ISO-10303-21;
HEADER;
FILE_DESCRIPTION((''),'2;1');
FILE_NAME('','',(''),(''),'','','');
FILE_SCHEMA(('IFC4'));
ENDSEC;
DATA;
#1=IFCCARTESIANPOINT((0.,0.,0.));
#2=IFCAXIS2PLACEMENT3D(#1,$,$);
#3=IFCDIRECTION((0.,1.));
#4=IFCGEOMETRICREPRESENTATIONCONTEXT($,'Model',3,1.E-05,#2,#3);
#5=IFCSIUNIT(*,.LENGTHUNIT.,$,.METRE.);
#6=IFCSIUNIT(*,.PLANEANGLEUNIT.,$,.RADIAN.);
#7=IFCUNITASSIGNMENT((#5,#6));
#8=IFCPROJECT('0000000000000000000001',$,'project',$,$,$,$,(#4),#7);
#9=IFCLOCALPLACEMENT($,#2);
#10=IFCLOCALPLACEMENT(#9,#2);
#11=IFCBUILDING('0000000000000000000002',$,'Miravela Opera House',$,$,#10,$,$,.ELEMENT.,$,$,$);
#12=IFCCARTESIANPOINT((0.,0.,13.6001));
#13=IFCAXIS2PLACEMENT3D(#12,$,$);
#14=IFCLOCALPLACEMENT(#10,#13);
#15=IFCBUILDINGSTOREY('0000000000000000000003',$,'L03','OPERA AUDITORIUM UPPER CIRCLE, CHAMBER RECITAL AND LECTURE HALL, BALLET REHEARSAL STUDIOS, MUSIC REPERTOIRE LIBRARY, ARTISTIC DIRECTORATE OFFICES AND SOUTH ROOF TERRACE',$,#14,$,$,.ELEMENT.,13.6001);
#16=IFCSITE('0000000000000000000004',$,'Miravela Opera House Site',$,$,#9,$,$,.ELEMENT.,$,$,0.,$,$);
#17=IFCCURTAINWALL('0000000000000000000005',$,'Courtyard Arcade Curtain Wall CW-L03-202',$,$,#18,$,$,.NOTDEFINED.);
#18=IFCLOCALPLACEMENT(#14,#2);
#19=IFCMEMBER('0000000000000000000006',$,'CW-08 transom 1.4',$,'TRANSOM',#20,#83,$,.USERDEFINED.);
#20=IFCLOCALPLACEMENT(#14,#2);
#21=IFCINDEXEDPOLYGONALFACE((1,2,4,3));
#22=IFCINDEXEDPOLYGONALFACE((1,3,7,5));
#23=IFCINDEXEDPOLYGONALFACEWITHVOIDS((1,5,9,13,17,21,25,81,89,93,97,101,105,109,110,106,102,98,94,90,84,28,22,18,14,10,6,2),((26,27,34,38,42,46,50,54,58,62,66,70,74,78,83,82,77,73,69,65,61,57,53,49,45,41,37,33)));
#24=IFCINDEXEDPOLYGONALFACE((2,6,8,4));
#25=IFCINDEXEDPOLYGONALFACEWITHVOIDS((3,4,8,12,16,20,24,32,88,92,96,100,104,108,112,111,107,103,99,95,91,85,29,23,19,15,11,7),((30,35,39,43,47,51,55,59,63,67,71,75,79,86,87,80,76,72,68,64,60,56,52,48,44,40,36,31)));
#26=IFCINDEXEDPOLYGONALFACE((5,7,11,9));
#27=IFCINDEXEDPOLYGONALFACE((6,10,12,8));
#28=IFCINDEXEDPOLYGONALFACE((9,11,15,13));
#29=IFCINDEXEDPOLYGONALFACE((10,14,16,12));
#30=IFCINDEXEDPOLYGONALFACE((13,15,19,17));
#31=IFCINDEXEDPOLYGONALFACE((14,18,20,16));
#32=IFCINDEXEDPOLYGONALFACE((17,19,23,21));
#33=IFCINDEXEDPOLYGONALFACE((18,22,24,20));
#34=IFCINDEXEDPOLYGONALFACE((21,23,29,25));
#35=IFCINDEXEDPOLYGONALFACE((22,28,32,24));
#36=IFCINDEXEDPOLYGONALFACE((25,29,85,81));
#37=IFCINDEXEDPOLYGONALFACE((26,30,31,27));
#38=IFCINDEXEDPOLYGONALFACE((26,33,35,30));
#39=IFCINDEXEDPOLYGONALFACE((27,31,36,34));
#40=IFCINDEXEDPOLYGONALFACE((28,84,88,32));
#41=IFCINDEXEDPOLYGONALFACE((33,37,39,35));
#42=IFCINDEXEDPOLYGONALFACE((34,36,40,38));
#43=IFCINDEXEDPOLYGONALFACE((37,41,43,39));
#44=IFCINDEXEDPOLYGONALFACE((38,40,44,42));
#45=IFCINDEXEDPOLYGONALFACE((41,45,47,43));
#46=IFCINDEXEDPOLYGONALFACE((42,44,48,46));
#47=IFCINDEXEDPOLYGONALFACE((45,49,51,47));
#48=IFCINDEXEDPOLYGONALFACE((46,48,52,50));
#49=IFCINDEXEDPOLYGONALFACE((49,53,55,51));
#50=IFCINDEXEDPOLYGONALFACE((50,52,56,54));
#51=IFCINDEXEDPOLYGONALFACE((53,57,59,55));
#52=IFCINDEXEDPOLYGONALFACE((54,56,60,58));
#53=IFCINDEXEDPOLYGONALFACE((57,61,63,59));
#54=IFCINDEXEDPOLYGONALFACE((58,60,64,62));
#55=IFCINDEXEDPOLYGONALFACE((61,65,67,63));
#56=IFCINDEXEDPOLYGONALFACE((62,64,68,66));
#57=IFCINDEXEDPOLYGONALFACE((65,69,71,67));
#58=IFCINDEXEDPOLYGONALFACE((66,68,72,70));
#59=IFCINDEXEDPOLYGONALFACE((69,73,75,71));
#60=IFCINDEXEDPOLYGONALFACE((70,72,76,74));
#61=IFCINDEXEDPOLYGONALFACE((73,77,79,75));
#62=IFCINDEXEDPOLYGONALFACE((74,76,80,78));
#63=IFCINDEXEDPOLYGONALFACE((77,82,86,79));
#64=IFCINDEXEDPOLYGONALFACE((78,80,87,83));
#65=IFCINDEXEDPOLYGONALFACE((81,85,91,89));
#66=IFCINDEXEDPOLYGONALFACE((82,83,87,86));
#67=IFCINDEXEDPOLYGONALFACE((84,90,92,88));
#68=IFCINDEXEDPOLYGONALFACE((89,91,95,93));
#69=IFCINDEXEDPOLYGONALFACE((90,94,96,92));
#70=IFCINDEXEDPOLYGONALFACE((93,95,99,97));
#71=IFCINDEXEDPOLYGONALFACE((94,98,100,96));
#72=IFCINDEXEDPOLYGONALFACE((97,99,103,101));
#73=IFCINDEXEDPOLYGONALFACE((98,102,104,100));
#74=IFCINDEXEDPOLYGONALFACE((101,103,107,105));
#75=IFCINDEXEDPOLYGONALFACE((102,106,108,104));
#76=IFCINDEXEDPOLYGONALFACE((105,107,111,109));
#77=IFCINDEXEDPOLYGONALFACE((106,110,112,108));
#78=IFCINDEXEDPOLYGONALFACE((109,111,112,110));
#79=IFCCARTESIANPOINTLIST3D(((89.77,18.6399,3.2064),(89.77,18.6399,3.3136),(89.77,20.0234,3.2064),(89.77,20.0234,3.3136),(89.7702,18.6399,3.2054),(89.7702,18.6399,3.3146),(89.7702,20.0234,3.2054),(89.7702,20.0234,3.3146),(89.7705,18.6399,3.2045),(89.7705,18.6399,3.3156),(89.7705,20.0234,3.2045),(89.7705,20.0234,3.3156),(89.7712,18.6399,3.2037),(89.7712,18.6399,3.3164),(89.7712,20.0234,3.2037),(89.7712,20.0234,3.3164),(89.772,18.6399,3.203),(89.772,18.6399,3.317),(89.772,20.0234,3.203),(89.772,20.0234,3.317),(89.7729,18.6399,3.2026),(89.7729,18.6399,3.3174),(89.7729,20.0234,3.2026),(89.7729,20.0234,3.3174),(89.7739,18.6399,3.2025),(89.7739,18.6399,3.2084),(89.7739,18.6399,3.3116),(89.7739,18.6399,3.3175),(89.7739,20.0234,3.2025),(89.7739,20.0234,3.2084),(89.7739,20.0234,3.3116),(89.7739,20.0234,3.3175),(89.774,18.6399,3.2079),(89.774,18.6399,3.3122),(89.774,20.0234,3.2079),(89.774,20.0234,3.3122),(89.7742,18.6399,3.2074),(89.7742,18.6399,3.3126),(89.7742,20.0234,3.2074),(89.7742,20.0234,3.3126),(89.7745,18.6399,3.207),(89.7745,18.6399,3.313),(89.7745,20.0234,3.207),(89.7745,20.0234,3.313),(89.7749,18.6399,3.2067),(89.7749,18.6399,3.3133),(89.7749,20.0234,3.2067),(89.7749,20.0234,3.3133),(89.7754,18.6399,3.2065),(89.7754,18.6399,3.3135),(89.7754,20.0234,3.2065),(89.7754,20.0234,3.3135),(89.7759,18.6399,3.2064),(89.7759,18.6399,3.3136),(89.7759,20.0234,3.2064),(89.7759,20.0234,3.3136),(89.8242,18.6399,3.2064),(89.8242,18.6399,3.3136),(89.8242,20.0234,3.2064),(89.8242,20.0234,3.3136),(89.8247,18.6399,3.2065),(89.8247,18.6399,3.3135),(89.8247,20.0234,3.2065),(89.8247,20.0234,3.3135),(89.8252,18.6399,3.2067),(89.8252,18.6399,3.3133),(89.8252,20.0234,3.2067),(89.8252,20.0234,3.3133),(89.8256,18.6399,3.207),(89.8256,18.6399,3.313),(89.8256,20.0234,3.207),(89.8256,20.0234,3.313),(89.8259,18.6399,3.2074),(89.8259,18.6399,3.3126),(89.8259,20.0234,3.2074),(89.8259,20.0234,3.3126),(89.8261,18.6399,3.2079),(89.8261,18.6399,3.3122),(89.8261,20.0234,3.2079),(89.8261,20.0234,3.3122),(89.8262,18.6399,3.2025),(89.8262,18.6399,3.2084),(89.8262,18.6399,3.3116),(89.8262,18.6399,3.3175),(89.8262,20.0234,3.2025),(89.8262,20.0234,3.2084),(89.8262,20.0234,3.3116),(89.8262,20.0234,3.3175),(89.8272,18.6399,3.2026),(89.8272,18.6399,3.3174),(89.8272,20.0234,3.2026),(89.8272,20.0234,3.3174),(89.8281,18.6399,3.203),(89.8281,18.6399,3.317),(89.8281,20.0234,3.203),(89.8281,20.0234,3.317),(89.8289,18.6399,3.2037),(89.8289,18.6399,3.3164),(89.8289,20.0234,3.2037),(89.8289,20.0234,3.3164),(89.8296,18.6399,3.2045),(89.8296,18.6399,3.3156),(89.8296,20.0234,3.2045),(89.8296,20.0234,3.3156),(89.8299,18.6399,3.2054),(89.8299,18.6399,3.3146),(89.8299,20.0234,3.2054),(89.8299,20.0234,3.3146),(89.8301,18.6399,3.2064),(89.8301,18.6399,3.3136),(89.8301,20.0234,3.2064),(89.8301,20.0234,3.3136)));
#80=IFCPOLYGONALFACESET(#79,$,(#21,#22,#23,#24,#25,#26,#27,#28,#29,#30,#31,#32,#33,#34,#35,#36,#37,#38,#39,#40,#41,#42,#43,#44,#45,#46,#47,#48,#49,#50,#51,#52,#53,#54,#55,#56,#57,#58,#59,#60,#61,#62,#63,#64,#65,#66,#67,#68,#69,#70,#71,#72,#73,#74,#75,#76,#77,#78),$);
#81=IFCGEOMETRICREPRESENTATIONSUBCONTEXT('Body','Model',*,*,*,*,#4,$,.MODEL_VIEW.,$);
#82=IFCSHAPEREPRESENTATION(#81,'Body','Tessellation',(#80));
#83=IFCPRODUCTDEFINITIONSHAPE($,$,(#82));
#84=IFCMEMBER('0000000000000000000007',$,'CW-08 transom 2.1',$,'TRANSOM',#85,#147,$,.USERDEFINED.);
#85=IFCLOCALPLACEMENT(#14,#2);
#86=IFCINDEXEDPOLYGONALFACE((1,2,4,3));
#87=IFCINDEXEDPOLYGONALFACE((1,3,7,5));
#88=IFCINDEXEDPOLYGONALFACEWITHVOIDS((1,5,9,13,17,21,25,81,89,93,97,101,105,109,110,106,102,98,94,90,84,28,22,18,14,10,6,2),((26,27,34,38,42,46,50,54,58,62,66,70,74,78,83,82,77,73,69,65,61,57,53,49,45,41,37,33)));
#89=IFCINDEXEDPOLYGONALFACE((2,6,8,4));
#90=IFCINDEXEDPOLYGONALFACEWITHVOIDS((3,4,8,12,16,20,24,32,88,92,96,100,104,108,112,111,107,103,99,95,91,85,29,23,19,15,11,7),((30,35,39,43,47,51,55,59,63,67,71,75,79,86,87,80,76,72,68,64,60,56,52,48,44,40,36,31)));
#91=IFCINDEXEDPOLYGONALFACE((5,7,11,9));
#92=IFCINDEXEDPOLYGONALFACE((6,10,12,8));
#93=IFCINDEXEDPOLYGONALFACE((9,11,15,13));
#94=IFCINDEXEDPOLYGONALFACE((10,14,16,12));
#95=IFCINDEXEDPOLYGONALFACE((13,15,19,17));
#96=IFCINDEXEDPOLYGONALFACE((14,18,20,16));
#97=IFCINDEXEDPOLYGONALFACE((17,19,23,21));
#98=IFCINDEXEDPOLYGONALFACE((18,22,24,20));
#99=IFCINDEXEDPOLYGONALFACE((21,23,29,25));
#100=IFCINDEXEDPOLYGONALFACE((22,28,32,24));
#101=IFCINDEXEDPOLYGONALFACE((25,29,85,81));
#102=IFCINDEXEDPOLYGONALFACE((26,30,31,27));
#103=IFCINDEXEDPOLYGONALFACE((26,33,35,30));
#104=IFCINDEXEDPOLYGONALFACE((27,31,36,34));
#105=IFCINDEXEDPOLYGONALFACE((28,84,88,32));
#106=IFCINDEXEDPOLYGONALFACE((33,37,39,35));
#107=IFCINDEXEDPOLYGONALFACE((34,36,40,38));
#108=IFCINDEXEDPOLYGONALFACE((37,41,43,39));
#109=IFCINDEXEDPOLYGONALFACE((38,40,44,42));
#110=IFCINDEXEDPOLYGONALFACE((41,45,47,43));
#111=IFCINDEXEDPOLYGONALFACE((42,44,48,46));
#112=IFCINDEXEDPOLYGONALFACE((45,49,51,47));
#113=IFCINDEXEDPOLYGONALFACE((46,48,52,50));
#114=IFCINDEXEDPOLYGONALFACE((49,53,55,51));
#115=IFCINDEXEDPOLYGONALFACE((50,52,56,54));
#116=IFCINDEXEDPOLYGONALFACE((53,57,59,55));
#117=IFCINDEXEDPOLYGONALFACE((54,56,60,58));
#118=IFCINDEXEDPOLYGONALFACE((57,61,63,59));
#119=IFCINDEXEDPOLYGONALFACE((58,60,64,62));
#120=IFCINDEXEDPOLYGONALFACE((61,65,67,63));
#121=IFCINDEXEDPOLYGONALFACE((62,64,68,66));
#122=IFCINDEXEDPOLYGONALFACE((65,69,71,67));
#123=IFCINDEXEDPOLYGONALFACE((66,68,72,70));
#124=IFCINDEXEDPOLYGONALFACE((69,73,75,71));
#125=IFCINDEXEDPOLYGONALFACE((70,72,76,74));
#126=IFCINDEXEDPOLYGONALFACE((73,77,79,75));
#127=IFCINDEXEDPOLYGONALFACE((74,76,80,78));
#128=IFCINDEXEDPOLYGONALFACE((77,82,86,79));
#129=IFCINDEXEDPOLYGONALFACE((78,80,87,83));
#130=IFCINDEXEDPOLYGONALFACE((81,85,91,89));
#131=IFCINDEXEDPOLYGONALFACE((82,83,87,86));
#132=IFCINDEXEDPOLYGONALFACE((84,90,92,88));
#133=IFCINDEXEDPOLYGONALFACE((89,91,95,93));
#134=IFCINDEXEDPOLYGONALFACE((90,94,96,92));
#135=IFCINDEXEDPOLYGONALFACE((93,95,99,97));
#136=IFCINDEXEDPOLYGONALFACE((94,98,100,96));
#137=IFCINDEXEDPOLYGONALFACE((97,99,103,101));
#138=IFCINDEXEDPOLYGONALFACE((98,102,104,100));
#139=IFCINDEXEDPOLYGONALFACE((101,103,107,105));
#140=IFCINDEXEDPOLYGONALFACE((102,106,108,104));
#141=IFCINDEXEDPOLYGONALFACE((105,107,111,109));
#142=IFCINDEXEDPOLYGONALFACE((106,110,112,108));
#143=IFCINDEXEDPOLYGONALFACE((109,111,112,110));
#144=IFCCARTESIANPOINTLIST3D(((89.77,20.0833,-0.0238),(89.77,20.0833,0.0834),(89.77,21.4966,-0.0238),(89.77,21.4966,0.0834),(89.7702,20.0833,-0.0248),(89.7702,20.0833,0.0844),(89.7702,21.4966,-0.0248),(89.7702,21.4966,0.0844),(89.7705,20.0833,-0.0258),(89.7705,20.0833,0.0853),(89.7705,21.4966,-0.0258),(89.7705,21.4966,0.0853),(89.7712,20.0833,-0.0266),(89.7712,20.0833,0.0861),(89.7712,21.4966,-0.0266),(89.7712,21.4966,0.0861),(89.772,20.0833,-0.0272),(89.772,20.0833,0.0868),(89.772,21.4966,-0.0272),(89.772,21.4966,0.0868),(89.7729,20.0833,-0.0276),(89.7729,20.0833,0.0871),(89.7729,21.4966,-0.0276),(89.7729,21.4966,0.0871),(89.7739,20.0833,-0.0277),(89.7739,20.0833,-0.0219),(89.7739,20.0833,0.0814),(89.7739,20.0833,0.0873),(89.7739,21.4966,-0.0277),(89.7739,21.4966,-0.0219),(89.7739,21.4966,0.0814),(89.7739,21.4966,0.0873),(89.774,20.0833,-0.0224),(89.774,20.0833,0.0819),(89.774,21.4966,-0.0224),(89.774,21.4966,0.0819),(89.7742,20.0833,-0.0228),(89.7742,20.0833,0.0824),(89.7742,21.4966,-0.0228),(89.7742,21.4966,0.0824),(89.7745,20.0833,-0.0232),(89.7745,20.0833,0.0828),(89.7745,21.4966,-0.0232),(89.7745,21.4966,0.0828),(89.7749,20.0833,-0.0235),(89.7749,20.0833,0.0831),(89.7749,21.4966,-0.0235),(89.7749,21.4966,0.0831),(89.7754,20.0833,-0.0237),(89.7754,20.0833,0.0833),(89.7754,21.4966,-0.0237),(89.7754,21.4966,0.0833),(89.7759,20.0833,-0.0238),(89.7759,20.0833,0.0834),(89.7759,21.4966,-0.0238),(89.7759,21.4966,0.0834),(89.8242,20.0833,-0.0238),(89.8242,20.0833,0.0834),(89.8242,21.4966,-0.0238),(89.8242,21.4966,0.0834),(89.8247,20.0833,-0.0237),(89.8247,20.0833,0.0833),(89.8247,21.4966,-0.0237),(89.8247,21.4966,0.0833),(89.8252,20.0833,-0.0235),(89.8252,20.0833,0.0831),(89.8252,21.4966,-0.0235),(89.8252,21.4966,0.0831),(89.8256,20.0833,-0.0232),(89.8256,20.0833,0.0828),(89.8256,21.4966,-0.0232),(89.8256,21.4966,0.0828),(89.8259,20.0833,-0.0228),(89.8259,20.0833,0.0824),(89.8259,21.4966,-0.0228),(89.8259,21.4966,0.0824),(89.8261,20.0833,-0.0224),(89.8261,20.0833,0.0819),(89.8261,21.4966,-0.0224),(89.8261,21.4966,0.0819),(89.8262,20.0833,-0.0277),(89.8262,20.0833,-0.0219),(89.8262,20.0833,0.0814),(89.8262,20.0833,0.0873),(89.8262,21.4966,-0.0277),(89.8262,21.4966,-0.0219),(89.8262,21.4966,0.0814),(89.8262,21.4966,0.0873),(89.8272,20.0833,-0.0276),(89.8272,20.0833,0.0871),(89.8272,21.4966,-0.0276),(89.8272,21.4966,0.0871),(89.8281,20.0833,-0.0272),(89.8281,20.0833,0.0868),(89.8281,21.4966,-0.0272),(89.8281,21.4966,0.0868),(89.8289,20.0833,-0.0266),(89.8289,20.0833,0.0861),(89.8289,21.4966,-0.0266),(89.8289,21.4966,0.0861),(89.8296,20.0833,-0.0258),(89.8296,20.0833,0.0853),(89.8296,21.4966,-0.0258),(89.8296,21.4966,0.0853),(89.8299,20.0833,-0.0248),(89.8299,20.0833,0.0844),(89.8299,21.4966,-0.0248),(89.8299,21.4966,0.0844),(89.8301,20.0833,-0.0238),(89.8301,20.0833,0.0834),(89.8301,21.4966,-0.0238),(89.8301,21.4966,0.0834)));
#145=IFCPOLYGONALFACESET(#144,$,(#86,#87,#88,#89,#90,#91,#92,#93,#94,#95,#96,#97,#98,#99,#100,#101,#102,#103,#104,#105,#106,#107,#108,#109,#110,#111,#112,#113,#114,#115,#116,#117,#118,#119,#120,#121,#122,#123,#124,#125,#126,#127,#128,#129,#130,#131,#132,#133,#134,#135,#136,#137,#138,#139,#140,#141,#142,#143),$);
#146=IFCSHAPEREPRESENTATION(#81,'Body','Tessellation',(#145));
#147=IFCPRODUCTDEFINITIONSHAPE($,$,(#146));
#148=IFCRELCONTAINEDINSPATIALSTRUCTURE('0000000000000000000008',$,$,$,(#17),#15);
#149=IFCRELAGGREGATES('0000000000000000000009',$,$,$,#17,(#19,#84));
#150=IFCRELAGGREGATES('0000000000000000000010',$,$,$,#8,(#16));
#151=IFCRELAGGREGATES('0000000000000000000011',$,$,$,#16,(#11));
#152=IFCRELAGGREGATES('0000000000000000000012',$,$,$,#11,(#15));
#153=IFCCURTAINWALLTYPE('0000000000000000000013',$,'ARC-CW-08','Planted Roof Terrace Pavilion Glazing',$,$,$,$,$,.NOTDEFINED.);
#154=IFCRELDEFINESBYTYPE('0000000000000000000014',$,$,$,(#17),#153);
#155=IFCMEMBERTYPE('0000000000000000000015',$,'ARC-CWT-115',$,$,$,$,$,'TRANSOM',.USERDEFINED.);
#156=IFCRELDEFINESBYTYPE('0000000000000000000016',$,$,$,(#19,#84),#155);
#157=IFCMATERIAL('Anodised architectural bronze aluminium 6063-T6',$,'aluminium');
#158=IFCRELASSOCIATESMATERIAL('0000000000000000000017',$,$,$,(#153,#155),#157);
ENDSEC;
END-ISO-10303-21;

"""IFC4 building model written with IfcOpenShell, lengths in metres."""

from ifc_helpers import new_model, si_unit, direction, frame, origin, origin_2d, place, context, subcontext, project, spatial, hollow_rectangle, extrude, material, material_profile, profile_set, type_object, element, aggregate, save


model = new_model("IFC4")

# Units and contexts
model_context = context("Model", 3, precision=1e-05, world=origin(), true_north=direction((0.0, 1.0)))
body_context = subcontext(model_context, "Body", "Model", "MODEL_VIEW")
ifc_project = project(units=[si_unit("LENGTHUNIT", "METRE"), si_unit("PLANEANGLEUNIT", "RADIAN")], contexts=[model_context])

# Site, building, storey
site_placement = place(None, origin())
site = spatial("IfcSite", under=ifc_project, at=site_placement, Name="Miravela Opera House Site", CompositionType="ELEMENT", RefElevation=0.0)
building_placement = place(site_placement, origin())
building = spatial("IfcBuilding", under=site, at=building_placement, Name="Miravela Opera House", CompositionType="ELEMENT")
storey_placement = place(building_placement, frame((0.0, 0.0, 13.6001)))
storey = spatial("IfcBuildingStorey", under=building, at=storey_placement, Name="L03", Description="OPERA AUDITORIUM UPPER CIRCLE, CHAMBER RECITAL AND LECTURE HALL, BALLET REHEARSAL STUDIOS, MUSIC REPERTOIRE LIBRARY, ARTISTIC DIRECTORATE OFFICES AND SOUTH ROOF TERRACE", CompositionType="ELEMENT", Elevation=13.6001)

# Curtain wall
ifc_material_1 = material(Name="Anodised architectural bronze aluminium 6063-T6", Category="aluminium")
curtain_wall_type = type_object("IfcCurtainWallType", Name="ARC-CW-08", Description="Planted Roof Terrace Pavilion Glazing", PredefinedType="NOTDEFINED", material=ifc_material_1)
curtain_wall_1_placement = place(storey_placement, origin())
curtain_wall_1 = element("IfcCurtainWall", 1, at=curtain_wall_1_placement, inside=storey, type_object=curtain_wall_type, Name="Courtyard Arcade Curtain Wall CW-L03-202", PredefinedType="NOTDEFINED")

# Members
ifc_material_profile_1 = material_profile(ifc_material_1, hollow_rectangle(XDim=0.0601, YDim=0.115, WallThickness=0.0039, InnerFilletRadius=0.002, OuterFilletRadius=0.0039, at=origin_2d()), Name="CWT-60X115")
ifc_profile_set_1 = profile_set([ifc_material_profile_1])
member_type_1 = type_object("IfcMemberType", Name="ARC-CWT-115", ElementType="TRANSOM", PredefinedType="USERDEFINED", material=ifc_profile_set_1)
member_1_placement = place(storey_placement, frame((89.8, 18.6399, 3.26), z_axis=(0.0, 1.0, 0.0), x_axis=(-1.0, 0.0, 0.0)))
member_1 = element("IfcMember", 2, at=member_1_placement, type_object=member_type_1, Name="CW-08 transom 1.4", ObjectType="TRANSOM", PredefinedType="USERDEFINED", context=body_context, shape_type="SweptSolid", body=[
    extrude(hollow_rectangle(XDim=0.0601, YDim=0.115, WallThickness=0.0039, InnerFilletRadius=0.002, OuterFilletRadius=0.0039, at=origin_2d()), origin(), (0.0, 0.0, 1.0), 1.3835),
])
member_2_placement = place(storey_placement, frame((89.8, 20.0833, 0.0298), z_axis=(0.0, 1.0, 0.0), x_axis=(-1.0, 0.0, 0.0)))
member_2 = element("IfcMember", 3, at=member_2_placement, type_object=member_type_1, Name="CW-08 transom 2.1", ObjectType="TRANSOM", PredefinedType="USERDEFINED", context=body_context, shape_type="SweptSolid", body=[
    extrude(hollow_rectangle(XDim=0.0601, YDim=0.115, WallThickness=0.0039, InnerFilletRadius=0.002, OuterFilletRadius=0.0039, at=origin_2d()), origin(), (0.0, 0.0, 1.0), 1.4133),
])

aggregate(curtain_wall_1, [member_1, member_2])

save(model, "model.ifc")
